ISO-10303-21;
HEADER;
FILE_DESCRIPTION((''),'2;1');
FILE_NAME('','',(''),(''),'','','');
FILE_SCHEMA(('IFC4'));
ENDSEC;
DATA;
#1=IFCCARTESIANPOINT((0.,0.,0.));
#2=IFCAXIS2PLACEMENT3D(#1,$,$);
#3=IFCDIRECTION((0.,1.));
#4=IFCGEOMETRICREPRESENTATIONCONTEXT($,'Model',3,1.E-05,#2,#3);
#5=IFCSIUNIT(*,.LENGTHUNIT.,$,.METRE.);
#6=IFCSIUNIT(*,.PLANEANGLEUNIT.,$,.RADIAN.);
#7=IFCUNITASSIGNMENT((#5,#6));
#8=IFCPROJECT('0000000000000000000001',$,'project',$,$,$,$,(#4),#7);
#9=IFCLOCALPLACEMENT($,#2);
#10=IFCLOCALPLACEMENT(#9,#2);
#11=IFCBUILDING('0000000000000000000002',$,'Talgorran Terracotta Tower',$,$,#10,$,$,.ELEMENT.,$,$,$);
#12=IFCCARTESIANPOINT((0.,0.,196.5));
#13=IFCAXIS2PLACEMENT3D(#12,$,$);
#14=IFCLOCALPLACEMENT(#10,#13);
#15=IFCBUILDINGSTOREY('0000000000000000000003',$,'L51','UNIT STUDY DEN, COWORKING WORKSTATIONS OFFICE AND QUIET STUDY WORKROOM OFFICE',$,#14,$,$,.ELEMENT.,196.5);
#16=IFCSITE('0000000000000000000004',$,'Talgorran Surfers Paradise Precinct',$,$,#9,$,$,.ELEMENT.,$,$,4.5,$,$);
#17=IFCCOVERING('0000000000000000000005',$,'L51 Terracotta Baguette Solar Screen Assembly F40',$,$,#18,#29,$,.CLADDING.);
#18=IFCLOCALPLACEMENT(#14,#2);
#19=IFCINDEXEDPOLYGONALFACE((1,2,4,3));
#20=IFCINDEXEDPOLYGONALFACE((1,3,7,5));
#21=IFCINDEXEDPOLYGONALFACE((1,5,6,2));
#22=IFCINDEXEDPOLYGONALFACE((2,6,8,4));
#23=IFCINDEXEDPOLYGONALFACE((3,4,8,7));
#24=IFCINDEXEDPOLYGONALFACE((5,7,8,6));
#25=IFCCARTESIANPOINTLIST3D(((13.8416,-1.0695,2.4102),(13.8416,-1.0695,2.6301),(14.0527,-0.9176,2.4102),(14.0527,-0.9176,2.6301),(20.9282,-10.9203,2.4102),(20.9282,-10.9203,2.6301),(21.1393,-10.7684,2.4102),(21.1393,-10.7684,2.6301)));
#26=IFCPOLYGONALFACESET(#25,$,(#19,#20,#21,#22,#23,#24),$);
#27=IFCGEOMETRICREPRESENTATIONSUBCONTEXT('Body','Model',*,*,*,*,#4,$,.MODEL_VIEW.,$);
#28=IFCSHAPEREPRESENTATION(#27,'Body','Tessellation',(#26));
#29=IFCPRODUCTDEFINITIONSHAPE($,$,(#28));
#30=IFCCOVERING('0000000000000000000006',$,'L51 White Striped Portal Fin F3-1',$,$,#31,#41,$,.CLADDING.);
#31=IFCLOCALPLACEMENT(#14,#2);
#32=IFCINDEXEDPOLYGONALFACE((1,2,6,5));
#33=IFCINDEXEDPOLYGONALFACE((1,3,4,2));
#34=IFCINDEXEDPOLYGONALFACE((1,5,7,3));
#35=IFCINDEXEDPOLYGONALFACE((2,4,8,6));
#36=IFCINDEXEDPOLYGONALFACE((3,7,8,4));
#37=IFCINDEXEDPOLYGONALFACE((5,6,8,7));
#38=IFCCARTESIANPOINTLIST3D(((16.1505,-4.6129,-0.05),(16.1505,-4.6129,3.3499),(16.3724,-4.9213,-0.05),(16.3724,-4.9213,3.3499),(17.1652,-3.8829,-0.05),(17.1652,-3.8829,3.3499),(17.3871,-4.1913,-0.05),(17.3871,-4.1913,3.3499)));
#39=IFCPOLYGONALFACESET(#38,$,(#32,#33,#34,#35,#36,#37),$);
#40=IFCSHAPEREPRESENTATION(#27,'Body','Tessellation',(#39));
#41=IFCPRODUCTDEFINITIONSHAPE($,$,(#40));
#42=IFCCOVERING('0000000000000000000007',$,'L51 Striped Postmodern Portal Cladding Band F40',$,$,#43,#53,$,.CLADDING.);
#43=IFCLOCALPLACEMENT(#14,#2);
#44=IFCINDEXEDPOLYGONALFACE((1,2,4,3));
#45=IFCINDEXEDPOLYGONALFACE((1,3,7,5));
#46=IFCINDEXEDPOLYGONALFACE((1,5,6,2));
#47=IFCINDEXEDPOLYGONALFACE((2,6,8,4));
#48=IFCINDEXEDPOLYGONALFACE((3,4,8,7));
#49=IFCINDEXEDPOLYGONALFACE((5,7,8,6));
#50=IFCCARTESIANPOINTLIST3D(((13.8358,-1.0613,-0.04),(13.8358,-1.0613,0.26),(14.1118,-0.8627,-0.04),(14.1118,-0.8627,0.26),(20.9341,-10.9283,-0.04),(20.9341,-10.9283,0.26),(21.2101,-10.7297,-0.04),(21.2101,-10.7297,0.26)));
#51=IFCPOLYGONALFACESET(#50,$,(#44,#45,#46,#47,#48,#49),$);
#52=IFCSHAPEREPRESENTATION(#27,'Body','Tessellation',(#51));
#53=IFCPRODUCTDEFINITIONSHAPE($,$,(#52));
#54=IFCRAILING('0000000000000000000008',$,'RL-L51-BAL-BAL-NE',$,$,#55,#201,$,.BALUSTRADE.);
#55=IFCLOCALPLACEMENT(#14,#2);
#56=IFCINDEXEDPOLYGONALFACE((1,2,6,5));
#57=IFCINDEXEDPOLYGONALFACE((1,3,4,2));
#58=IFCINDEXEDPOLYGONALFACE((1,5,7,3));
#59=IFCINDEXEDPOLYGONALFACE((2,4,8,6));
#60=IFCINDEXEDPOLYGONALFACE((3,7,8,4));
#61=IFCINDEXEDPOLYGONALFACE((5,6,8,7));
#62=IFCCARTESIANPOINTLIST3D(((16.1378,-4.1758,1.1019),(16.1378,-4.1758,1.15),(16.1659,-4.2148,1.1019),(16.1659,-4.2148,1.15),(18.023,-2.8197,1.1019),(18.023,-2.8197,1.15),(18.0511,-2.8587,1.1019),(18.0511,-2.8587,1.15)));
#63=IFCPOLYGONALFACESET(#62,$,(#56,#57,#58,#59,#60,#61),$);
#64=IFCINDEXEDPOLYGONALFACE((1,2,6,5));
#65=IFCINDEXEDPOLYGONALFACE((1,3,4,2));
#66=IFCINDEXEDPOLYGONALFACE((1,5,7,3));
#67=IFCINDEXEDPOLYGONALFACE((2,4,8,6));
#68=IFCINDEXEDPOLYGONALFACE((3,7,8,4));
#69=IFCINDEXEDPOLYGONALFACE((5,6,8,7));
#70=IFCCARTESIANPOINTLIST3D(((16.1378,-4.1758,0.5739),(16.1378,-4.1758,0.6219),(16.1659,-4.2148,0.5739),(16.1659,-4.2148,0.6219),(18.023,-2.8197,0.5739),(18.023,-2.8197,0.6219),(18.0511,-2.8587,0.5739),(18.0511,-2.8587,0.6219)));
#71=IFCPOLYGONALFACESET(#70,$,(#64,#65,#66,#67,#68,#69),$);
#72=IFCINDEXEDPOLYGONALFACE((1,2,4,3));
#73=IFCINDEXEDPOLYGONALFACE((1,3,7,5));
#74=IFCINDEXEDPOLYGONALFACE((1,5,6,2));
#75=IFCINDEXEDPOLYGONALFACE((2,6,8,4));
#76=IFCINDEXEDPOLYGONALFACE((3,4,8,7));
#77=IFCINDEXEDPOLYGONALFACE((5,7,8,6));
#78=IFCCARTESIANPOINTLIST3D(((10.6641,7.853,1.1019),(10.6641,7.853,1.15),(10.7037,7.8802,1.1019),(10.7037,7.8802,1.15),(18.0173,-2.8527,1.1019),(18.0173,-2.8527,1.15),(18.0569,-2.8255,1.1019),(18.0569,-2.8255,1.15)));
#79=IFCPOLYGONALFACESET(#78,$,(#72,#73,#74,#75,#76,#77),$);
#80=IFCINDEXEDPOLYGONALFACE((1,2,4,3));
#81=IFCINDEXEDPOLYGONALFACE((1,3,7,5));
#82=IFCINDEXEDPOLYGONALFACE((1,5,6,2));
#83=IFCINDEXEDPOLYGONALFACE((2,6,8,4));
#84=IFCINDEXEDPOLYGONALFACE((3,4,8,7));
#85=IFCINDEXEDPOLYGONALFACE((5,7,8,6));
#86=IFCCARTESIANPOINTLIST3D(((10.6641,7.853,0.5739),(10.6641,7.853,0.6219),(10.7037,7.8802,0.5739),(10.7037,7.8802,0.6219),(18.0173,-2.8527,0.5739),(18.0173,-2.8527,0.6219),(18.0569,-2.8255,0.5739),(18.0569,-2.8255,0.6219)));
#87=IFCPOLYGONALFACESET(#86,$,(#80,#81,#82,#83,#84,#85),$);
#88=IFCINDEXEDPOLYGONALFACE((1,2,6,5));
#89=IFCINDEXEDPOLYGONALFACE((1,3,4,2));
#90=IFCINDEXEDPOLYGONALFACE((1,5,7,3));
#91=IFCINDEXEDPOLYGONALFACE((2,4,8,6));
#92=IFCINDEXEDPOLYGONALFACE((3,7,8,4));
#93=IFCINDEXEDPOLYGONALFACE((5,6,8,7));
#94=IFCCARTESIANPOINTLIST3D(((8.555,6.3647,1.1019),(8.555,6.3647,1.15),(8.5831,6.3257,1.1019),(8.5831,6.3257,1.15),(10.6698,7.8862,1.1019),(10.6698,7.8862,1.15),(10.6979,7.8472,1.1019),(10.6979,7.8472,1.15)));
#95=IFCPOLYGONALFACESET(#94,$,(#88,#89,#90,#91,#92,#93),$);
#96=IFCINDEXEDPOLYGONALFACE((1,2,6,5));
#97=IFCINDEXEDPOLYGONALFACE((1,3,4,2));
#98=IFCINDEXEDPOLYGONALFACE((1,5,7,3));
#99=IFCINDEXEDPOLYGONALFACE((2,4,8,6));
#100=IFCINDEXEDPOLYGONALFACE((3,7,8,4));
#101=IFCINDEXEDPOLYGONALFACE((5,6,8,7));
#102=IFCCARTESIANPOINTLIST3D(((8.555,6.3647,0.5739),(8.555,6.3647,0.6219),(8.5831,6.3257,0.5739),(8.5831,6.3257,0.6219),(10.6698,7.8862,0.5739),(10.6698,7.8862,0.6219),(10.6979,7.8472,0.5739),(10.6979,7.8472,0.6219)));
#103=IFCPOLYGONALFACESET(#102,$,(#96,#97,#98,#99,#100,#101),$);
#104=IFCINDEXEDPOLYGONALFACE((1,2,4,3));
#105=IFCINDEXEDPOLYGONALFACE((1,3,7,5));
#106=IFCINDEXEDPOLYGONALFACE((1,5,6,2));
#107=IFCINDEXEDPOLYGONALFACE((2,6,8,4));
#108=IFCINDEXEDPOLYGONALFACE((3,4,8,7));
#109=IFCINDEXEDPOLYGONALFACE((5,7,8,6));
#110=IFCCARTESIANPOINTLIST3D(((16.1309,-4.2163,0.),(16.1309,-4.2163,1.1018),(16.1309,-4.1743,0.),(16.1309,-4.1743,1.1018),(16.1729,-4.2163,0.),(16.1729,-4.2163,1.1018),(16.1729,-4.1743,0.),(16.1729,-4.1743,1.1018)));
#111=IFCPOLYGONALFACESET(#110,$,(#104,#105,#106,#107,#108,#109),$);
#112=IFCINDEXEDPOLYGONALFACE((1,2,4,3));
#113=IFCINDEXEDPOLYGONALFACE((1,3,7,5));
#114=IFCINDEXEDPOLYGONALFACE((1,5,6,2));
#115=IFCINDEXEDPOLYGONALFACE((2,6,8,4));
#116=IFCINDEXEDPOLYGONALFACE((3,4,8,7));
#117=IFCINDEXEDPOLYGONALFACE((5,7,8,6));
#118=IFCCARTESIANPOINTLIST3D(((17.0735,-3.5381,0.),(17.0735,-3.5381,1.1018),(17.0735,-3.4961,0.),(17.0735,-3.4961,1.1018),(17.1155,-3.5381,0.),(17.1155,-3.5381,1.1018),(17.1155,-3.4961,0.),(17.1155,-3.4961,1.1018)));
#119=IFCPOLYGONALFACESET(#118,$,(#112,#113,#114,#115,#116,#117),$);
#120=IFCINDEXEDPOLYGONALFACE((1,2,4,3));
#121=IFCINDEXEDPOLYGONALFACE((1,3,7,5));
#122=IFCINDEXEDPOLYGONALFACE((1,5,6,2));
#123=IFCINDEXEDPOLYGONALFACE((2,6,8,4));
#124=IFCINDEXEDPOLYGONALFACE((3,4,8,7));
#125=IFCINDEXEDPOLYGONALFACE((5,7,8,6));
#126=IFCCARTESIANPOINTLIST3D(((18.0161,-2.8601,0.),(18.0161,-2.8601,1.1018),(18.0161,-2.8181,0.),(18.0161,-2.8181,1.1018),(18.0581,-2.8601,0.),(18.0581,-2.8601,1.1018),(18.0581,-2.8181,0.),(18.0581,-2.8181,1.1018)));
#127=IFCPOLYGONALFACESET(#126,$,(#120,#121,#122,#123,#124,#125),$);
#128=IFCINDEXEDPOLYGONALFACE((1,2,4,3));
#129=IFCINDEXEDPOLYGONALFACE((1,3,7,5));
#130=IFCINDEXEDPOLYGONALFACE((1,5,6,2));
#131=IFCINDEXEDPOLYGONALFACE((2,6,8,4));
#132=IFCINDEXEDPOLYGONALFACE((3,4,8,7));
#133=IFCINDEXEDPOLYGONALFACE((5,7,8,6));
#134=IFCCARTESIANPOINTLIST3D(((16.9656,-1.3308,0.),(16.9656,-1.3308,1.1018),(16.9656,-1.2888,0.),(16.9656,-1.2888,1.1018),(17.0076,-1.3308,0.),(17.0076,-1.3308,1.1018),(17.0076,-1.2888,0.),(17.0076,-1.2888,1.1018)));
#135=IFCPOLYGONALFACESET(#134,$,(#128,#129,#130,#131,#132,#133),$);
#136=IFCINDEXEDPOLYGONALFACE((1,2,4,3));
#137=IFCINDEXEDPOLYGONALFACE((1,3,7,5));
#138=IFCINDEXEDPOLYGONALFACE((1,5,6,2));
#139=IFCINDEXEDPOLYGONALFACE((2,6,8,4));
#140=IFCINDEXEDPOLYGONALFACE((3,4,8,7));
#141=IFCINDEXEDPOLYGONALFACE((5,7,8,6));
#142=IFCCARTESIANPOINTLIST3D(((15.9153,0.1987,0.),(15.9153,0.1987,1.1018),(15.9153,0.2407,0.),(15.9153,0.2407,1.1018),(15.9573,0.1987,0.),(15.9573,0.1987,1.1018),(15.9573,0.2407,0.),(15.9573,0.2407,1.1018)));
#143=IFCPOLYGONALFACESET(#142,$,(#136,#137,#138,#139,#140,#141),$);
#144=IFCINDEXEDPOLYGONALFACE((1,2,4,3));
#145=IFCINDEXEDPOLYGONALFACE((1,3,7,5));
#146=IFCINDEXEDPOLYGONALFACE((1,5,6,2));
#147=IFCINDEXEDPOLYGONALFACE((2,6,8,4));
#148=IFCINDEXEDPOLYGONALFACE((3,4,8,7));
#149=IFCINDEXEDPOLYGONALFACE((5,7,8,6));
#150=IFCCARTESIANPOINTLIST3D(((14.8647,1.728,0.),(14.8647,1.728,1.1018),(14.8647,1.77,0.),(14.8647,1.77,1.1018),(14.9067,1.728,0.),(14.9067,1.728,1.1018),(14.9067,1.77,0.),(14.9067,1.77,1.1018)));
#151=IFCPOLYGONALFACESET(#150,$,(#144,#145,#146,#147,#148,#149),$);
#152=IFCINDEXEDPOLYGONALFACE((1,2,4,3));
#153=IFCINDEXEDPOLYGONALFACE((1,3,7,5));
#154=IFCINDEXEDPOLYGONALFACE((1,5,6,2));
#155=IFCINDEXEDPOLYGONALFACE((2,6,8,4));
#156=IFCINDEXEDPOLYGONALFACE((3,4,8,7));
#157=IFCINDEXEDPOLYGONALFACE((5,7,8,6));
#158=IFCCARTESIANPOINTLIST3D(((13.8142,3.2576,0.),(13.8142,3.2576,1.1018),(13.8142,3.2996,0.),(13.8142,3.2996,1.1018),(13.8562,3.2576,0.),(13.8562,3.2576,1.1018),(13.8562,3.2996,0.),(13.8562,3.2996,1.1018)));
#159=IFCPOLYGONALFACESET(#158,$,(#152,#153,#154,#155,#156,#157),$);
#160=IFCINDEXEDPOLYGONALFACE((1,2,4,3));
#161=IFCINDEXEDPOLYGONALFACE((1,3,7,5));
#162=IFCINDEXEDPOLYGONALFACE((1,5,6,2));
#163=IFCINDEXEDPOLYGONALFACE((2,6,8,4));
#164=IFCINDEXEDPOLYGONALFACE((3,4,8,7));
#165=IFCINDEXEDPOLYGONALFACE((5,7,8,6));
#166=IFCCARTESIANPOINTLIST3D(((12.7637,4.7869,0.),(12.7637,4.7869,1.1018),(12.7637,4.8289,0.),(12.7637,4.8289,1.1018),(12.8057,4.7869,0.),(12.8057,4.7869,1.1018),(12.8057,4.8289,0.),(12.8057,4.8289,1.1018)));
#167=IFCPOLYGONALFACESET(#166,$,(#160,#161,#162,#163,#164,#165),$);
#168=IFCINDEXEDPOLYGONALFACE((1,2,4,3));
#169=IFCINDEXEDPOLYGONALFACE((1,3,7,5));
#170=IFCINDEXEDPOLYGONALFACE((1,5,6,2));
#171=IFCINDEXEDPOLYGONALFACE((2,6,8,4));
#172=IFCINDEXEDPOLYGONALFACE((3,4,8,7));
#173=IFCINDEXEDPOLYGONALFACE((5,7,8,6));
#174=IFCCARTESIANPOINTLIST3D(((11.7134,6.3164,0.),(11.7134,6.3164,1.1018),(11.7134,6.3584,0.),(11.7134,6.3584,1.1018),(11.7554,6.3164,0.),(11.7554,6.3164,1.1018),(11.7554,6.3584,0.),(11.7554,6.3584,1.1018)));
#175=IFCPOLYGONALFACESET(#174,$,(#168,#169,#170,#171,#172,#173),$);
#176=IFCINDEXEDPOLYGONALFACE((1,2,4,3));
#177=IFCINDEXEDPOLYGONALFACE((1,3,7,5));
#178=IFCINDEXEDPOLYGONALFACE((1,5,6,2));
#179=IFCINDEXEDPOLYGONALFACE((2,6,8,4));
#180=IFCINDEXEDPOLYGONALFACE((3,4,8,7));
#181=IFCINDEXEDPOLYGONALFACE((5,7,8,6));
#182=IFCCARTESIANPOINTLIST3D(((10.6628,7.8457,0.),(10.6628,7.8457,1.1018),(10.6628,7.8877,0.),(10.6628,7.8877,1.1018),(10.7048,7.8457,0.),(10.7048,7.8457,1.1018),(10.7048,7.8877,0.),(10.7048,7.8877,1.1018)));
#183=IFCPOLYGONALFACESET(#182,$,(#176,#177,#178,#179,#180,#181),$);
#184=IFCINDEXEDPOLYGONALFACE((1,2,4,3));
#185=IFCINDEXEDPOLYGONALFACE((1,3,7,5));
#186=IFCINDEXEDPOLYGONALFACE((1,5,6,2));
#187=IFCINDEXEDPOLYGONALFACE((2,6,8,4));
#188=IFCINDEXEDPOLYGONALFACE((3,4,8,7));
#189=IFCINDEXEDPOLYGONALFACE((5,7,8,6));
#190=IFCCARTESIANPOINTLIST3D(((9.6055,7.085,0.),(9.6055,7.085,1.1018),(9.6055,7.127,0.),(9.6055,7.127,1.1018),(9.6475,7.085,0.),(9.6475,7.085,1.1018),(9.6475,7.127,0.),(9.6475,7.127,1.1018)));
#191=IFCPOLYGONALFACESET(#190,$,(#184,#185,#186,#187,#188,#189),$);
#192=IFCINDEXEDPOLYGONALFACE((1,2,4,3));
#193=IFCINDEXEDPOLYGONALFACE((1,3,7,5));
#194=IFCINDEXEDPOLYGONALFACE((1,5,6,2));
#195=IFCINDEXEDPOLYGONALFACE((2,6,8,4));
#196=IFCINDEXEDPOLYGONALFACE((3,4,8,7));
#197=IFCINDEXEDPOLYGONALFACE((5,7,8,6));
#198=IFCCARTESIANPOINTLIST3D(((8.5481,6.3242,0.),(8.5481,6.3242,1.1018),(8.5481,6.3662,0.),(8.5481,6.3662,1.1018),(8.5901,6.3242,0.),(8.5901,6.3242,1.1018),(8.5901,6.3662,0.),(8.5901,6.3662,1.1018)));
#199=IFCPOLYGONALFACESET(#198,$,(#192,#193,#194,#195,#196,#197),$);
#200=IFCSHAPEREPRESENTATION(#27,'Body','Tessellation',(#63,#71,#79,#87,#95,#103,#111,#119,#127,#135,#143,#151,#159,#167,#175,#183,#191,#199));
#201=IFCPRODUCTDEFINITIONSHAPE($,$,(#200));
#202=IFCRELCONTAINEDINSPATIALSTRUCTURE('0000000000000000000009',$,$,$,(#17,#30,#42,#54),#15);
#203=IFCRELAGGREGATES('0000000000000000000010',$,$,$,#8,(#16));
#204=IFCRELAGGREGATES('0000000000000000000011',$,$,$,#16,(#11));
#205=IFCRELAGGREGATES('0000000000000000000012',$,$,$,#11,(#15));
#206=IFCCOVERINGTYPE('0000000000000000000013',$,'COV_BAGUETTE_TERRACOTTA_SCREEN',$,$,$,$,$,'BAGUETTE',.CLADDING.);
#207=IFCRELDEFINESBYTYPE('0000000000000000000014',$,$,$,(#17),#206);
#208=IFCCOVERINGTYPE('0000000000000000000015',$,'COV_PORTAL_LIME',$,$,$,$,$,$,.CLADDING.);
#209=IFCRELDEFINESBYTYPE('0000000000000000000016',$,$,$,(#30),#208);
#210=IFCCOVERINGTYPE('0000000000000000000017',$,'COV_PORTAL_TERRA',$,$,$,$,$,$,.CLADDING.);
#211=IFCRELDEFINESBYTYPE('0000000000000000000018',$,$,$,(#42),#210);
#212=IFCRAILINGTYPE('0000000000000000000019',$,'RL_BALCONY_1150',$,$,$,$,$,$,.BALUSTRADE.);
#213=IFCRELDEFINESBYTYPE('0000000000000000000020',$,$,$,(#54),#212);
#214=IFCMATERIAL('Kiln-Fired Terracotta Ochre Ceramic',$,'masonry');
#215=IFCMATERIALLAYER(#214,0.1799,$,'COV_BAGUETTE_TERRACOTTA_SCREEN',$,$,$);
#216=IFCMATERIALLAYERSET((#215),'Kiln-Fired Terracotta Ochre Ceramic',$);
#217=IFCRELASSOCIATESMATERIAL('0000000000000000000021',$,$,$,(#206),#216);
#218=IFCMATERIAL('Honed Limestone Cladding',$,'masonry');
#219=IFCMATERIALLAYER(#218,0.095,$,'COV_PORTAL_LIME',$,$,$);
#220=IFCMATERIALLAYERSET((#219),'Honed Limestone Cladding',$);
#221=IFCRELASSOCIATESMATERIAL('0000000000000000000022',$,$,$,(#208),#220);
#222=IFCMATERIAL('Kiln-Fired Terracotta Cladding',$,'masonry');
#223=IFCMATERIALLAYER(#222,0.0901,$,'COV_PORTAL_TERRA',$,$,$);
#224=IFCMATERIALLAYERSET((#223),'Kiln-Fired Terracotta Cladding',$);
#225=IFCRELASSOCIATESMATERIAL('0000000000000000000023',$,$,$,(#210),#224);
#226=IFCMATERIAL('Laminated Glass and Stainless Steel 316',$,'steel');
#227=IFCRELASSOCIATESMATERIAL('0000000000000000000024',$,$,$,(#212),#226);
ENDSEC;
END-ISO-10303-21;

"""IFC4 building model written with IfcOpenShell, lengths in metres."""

from ifc_helpers import new_model, si_unit, direction, frame, origin, origin_2d, place, context, subcontext, project, spatial, rectangle, extrude, material, layer, layer_set, type_object, element, save


model = new_model("IFC4")

# Units and contexts
model_context = context("Model", 3, precision=1e-05, world=origin(), true_north=direction((0.0, 1.0)))
body_context = subcontext(model_context, "Body", "Model", "MODEL_VIEW")
ifc_project = project(units=[si_unit("LENGTHUNIT", "METRE"), si_unit("PLANEANGLEUNIT", "RADIAN")], contexts=[model_context])

# Site, building, storey
site_placement = place(None, origin())
site = spatial("IfcSite", under=ifc_project, at=site_placement, Name="Talgorran Surfers Paradise Precinct", CompositionType="ELEMENT", RefElevation=4.5)
building_placement = place(site_placement, origin())
building = spatial("IfcBuilding", under=site, at=building_placement, Name="Talgorran Terracotta Tower", CompositionType="ELEMENT")
storey_placement = place(building_placement, frame((0.0, 0.0, 196.5)))
storey = spatial("IfcBuildingStorey", under=building, at=storey_placement, Name="L51", Description="UNIT STUDY DEN, COWORKING WORKSTATIONS OFFICE AND QUIET STUDY WORKROOM OFFICE", CompositionType="ELEMENT", Elevation=196.5)

# Coverings
ifc_material_1 = material(Name="Kiln-Fired Terracotta Ochre Ceramic", Category="masonry")
ifc_layer_1 = layer(ifc_material_1, 0.1799, Name="COV_BAGUETTE_TERRACOTTA_SCREEN")
ifc_layer_set_1 = layer_set([ifc_layer_1], Name="Kiln-Fired Terracotta Ochre Ceramic")
covering_type_1 = type_object("IfcCoveringType", Name="COV_BAGUETTE_TERRACOTTA_SCREEN", ElementType="BAGUETTE", PredefinedType="CLADDING", material=ifc_layer_set_1)
covering_1_placement = place(storey_placement, frame((17.4905, -5.9189, 2.4102), z_axis=(0.0, 0.0, 1.0), x_axis=(-0.583981, 0.811768, 0.0)))
element("IfcCovering", 1, at=covering_1_placement, inside=storey, type_object=covering_type_1, Name="L51 Terracotta Baguette Solar Screen Assembly F40", PredefinedType="CLADDING", context=body_context, shape_type="SweptSolid", body=[
    extrude(rectangle(XDim=12.135, YDim=0.26, at=origin_2d()), origin(), (0.0, 0.0, 1.0), 0.22),
])
ifc_material_2 = material(Name="Honed Limestone Cladding", Category="masonry")
ifc_layer_2 = layer(ifc_material_2, 0.095, Name="COV_PORTAL_LIME")
ifc_layer_set_2 = layer_set([ifc_layer_2], Name="Honed Limestone Cladding")
covering_type_2 = type_object("IfcCoveringType", Name="COV_PORTAL_LIME", PredefinedType="CLADDING", material=ifc_layer_set_2)
covering_2_placement = place(storey_placement, frame((16.7688, -4.4021, -0.05), z_axis=(0.0, 0.0, 1.0), x_axis=(-0.583981, 0.811768, 0.0)))
element("IfcCovering", 2, at=covering_2_placement, inside=storey, type_object=covering_type_2, Name="L51 White Striped Portal Fin F3-1", PredefinedType="CLADDING", context=body_context, shape_type="SweptSolid", body=[
    extrude(rectangle(XDim=0.3799, YDim=1.25, at=origin_2d()), origin(), (0.0, 0.0, 1.0), 3.3999),
])
ifc_material_3 = material(Name="Kiln-Fired Terracotta Cladding", Category="masonry")
ifc_layer_3 = layer(ifc_material_3, 0.0901, Name="COV_PORTAL_TERRA")
ifc_layer_set_3 = layer_set([ifc_layer_3], Name="Kiln-Fired Terracotta Cladding")
covering_type_3 = type_object("IfcCoveringType", Name="COV_PORTAL_TERRA", PredefinedType="CLADDING", material=ifc_layer_set_3)
covering_3_placement = place(storey_placement, frame((17.5229, -5.8955, -0.04), z_axis=(0.0, 0.0, 1.0), x_axis=(-0.583981, 0.811768, 0.0)))
element("IfcCovering", 3, at=covering_3_placement, inside=storey, type_object=covering_type_3, Name="L51 Striped Postmodern Portal Cladding Band F40", PredefinedType="CLADDING", context=body_context, shape_type="SweptSolid", body=[
    extrude(rectangle(XDim=12.155, YDim=0.3401, at=origin_2d()), origin(), (0.0, 0.0, 1.0), 0.3),
])

# Railing
ifc_material_4 = material(Name="Laminated Glass and Stainless Steel 316", Category="steel")
railing_type = type_object("IfcRailingType", Name="RL_BALCONY_1150", PredefinedType="BALUSTRADE", material=ifc_material_4)
railing_placement = place(storey_placement, frame((16.1519, -4.1953, 0.0)))
element("IfcRailing", 4, at=railing_placement, inside=storey, type_object=railing_type, Name="RL-L51-BAL-BAL-NE", PredefinedType="BALUSTRADE", context=body_context, shape_type="SweptSolid", body=[
    extrude(rectangle(XDim=0.0481, YDim=0.0481, at=origin_2d()), frame((0.0, 0.0, 1.126), z_axis=(0.811776, 0.58397, 0.0), x_axis=(-0.58397, 0.811776, 0.0)), (0.0, 0.0, 1.0), 2.3223),
    extrude(rectangle(XDim=0.0481, YDim=0.0481, at=origin_2d()), frame((0.0, 0.0, 0.5979), z_axis=(0.811776, 0.58397, 0.0), x_axis=(-0.58397, 0.811776, 0.0)), (0.0, 0.0, 1.0), 2.3223),
    extrude(rectangle(XDim=0.0481, YDim=0.0481, at=origin_2d()), frame((1.8853, 1.3562, 1.126), z_axis=(-0.566164, 0.824292, 0.0), x_axis=(-0.824292, -0.566164, 0.0)), (0.0, 0.0, 1.0), 12.9878),
    extrude(rectangle(XDim=0.0481, YDim=0.0481, at=origin_2d()), frame((1.8853, 1.3562, 0.5979), z_axis=(-0.566164, 0.824292, 0.0), x_axis=(-0.824292, -0.566164, 0.0)), (0.0, 0.0, 1.0), 12.9878),
    extrude(rectangle(XDim=0.0481, YDim=0.0481, at=origin_2d()), frame((-5.468, 12.062, 1.126), z_axis=(-0.81174, -0.584018, 0.0), x_axis=(0.584018, -0.81174, 0.0)), (0.0, 0.0, 1.0), 2.6052),
    extrude(rectangle(XDim=0.0481, YDim=0.0481, at=origin_2d()), frame((-5.468, 12.062, 0.5979), z_axis=(-0.81174, -0.584018, 0.0), x_axis=(0.584018, -0.81174, 0.0)), (0.0, 0.0, 1.0), 2.6052),
    extrude(rectangle(XDim=0.042, YDim=0.042, at=origin_2d()), origin(), (0.0, 0.0, 1.0), 1.1018),
    extrude(rectangle(XDim=0.042, YDim=0.042, at=origin_2d()), frame((0.9426, 0.6782, 0.0)), (0.0, 0.0, 1.0), 1.1018),
    extrude(rectangle(XDim=0.042, YDim=0.042, at=origin_2d()), frame((1.8853, 1.3562, 0.0)), (0.0, 0.0, 1.0), 1.1018),
    extrude(rectangle(XDim=0.042, YDim=0.042, at=origin_2d()), frame((0.8347, 2.8855, 0.0)), (0.0, 0.0, 1.0), 1.1018),
    extrude(rectangle(XDim=0.042, YDim=0.042, at=origin_2d()), frame((-0.2156, 4.415, 0.0)), (0.0, 0.0, 1.0), 1.1018),
    extrude(rectangle(XDim=0.042, YDim=0.042, at=origin_2d()), frame((-1.2661, 5.9443, 0.0)), (0.0, 0.0, 1.0), 1.1018),
    extrude(rectangle(XDim=0.042, YDim=0.042, at=origin_2d()), frame((-2.3167, 7.4739, 0.0)), (0.0, 0.0, 1.0), 1.1018),
    extrude(rectangle(XDim=0.042, YDim=0.042, at=origin_2d()), frame((-3.3672, 9.0032, 0.0)), (0.0, 0.0, 1.0), 1.1018),
    extrude(rectangle(XDim=0.042, YDim=0.042, at=origin_2d()), frame((-4.4175, 10.5327, 0.0)), (0.0, 0.0, 1.0), 1.1018),
    extrude(rectangle(XDim=0.042, YDim=0.042, at=origin_2d()), frame((-5.468, 12.062, 0.0)), (0.0, 0.0, 1.0), 1.1018),
    extrude(rectangle(XDim=0.042, YDim=0.042, at=origin_2d()), frame((-6.5254, 11.3013, 0.0)), (0.0, 0.0, 1.0), 1.1018),
    extrude(rectangle(XDim=0.042, YDim=0.042, at=origin_2d()), frame((-7.5828, 10.5405, 0.0)), (0.0, 0.0, 1.0), 1.1018),
])

save(model, "model.ifc")
